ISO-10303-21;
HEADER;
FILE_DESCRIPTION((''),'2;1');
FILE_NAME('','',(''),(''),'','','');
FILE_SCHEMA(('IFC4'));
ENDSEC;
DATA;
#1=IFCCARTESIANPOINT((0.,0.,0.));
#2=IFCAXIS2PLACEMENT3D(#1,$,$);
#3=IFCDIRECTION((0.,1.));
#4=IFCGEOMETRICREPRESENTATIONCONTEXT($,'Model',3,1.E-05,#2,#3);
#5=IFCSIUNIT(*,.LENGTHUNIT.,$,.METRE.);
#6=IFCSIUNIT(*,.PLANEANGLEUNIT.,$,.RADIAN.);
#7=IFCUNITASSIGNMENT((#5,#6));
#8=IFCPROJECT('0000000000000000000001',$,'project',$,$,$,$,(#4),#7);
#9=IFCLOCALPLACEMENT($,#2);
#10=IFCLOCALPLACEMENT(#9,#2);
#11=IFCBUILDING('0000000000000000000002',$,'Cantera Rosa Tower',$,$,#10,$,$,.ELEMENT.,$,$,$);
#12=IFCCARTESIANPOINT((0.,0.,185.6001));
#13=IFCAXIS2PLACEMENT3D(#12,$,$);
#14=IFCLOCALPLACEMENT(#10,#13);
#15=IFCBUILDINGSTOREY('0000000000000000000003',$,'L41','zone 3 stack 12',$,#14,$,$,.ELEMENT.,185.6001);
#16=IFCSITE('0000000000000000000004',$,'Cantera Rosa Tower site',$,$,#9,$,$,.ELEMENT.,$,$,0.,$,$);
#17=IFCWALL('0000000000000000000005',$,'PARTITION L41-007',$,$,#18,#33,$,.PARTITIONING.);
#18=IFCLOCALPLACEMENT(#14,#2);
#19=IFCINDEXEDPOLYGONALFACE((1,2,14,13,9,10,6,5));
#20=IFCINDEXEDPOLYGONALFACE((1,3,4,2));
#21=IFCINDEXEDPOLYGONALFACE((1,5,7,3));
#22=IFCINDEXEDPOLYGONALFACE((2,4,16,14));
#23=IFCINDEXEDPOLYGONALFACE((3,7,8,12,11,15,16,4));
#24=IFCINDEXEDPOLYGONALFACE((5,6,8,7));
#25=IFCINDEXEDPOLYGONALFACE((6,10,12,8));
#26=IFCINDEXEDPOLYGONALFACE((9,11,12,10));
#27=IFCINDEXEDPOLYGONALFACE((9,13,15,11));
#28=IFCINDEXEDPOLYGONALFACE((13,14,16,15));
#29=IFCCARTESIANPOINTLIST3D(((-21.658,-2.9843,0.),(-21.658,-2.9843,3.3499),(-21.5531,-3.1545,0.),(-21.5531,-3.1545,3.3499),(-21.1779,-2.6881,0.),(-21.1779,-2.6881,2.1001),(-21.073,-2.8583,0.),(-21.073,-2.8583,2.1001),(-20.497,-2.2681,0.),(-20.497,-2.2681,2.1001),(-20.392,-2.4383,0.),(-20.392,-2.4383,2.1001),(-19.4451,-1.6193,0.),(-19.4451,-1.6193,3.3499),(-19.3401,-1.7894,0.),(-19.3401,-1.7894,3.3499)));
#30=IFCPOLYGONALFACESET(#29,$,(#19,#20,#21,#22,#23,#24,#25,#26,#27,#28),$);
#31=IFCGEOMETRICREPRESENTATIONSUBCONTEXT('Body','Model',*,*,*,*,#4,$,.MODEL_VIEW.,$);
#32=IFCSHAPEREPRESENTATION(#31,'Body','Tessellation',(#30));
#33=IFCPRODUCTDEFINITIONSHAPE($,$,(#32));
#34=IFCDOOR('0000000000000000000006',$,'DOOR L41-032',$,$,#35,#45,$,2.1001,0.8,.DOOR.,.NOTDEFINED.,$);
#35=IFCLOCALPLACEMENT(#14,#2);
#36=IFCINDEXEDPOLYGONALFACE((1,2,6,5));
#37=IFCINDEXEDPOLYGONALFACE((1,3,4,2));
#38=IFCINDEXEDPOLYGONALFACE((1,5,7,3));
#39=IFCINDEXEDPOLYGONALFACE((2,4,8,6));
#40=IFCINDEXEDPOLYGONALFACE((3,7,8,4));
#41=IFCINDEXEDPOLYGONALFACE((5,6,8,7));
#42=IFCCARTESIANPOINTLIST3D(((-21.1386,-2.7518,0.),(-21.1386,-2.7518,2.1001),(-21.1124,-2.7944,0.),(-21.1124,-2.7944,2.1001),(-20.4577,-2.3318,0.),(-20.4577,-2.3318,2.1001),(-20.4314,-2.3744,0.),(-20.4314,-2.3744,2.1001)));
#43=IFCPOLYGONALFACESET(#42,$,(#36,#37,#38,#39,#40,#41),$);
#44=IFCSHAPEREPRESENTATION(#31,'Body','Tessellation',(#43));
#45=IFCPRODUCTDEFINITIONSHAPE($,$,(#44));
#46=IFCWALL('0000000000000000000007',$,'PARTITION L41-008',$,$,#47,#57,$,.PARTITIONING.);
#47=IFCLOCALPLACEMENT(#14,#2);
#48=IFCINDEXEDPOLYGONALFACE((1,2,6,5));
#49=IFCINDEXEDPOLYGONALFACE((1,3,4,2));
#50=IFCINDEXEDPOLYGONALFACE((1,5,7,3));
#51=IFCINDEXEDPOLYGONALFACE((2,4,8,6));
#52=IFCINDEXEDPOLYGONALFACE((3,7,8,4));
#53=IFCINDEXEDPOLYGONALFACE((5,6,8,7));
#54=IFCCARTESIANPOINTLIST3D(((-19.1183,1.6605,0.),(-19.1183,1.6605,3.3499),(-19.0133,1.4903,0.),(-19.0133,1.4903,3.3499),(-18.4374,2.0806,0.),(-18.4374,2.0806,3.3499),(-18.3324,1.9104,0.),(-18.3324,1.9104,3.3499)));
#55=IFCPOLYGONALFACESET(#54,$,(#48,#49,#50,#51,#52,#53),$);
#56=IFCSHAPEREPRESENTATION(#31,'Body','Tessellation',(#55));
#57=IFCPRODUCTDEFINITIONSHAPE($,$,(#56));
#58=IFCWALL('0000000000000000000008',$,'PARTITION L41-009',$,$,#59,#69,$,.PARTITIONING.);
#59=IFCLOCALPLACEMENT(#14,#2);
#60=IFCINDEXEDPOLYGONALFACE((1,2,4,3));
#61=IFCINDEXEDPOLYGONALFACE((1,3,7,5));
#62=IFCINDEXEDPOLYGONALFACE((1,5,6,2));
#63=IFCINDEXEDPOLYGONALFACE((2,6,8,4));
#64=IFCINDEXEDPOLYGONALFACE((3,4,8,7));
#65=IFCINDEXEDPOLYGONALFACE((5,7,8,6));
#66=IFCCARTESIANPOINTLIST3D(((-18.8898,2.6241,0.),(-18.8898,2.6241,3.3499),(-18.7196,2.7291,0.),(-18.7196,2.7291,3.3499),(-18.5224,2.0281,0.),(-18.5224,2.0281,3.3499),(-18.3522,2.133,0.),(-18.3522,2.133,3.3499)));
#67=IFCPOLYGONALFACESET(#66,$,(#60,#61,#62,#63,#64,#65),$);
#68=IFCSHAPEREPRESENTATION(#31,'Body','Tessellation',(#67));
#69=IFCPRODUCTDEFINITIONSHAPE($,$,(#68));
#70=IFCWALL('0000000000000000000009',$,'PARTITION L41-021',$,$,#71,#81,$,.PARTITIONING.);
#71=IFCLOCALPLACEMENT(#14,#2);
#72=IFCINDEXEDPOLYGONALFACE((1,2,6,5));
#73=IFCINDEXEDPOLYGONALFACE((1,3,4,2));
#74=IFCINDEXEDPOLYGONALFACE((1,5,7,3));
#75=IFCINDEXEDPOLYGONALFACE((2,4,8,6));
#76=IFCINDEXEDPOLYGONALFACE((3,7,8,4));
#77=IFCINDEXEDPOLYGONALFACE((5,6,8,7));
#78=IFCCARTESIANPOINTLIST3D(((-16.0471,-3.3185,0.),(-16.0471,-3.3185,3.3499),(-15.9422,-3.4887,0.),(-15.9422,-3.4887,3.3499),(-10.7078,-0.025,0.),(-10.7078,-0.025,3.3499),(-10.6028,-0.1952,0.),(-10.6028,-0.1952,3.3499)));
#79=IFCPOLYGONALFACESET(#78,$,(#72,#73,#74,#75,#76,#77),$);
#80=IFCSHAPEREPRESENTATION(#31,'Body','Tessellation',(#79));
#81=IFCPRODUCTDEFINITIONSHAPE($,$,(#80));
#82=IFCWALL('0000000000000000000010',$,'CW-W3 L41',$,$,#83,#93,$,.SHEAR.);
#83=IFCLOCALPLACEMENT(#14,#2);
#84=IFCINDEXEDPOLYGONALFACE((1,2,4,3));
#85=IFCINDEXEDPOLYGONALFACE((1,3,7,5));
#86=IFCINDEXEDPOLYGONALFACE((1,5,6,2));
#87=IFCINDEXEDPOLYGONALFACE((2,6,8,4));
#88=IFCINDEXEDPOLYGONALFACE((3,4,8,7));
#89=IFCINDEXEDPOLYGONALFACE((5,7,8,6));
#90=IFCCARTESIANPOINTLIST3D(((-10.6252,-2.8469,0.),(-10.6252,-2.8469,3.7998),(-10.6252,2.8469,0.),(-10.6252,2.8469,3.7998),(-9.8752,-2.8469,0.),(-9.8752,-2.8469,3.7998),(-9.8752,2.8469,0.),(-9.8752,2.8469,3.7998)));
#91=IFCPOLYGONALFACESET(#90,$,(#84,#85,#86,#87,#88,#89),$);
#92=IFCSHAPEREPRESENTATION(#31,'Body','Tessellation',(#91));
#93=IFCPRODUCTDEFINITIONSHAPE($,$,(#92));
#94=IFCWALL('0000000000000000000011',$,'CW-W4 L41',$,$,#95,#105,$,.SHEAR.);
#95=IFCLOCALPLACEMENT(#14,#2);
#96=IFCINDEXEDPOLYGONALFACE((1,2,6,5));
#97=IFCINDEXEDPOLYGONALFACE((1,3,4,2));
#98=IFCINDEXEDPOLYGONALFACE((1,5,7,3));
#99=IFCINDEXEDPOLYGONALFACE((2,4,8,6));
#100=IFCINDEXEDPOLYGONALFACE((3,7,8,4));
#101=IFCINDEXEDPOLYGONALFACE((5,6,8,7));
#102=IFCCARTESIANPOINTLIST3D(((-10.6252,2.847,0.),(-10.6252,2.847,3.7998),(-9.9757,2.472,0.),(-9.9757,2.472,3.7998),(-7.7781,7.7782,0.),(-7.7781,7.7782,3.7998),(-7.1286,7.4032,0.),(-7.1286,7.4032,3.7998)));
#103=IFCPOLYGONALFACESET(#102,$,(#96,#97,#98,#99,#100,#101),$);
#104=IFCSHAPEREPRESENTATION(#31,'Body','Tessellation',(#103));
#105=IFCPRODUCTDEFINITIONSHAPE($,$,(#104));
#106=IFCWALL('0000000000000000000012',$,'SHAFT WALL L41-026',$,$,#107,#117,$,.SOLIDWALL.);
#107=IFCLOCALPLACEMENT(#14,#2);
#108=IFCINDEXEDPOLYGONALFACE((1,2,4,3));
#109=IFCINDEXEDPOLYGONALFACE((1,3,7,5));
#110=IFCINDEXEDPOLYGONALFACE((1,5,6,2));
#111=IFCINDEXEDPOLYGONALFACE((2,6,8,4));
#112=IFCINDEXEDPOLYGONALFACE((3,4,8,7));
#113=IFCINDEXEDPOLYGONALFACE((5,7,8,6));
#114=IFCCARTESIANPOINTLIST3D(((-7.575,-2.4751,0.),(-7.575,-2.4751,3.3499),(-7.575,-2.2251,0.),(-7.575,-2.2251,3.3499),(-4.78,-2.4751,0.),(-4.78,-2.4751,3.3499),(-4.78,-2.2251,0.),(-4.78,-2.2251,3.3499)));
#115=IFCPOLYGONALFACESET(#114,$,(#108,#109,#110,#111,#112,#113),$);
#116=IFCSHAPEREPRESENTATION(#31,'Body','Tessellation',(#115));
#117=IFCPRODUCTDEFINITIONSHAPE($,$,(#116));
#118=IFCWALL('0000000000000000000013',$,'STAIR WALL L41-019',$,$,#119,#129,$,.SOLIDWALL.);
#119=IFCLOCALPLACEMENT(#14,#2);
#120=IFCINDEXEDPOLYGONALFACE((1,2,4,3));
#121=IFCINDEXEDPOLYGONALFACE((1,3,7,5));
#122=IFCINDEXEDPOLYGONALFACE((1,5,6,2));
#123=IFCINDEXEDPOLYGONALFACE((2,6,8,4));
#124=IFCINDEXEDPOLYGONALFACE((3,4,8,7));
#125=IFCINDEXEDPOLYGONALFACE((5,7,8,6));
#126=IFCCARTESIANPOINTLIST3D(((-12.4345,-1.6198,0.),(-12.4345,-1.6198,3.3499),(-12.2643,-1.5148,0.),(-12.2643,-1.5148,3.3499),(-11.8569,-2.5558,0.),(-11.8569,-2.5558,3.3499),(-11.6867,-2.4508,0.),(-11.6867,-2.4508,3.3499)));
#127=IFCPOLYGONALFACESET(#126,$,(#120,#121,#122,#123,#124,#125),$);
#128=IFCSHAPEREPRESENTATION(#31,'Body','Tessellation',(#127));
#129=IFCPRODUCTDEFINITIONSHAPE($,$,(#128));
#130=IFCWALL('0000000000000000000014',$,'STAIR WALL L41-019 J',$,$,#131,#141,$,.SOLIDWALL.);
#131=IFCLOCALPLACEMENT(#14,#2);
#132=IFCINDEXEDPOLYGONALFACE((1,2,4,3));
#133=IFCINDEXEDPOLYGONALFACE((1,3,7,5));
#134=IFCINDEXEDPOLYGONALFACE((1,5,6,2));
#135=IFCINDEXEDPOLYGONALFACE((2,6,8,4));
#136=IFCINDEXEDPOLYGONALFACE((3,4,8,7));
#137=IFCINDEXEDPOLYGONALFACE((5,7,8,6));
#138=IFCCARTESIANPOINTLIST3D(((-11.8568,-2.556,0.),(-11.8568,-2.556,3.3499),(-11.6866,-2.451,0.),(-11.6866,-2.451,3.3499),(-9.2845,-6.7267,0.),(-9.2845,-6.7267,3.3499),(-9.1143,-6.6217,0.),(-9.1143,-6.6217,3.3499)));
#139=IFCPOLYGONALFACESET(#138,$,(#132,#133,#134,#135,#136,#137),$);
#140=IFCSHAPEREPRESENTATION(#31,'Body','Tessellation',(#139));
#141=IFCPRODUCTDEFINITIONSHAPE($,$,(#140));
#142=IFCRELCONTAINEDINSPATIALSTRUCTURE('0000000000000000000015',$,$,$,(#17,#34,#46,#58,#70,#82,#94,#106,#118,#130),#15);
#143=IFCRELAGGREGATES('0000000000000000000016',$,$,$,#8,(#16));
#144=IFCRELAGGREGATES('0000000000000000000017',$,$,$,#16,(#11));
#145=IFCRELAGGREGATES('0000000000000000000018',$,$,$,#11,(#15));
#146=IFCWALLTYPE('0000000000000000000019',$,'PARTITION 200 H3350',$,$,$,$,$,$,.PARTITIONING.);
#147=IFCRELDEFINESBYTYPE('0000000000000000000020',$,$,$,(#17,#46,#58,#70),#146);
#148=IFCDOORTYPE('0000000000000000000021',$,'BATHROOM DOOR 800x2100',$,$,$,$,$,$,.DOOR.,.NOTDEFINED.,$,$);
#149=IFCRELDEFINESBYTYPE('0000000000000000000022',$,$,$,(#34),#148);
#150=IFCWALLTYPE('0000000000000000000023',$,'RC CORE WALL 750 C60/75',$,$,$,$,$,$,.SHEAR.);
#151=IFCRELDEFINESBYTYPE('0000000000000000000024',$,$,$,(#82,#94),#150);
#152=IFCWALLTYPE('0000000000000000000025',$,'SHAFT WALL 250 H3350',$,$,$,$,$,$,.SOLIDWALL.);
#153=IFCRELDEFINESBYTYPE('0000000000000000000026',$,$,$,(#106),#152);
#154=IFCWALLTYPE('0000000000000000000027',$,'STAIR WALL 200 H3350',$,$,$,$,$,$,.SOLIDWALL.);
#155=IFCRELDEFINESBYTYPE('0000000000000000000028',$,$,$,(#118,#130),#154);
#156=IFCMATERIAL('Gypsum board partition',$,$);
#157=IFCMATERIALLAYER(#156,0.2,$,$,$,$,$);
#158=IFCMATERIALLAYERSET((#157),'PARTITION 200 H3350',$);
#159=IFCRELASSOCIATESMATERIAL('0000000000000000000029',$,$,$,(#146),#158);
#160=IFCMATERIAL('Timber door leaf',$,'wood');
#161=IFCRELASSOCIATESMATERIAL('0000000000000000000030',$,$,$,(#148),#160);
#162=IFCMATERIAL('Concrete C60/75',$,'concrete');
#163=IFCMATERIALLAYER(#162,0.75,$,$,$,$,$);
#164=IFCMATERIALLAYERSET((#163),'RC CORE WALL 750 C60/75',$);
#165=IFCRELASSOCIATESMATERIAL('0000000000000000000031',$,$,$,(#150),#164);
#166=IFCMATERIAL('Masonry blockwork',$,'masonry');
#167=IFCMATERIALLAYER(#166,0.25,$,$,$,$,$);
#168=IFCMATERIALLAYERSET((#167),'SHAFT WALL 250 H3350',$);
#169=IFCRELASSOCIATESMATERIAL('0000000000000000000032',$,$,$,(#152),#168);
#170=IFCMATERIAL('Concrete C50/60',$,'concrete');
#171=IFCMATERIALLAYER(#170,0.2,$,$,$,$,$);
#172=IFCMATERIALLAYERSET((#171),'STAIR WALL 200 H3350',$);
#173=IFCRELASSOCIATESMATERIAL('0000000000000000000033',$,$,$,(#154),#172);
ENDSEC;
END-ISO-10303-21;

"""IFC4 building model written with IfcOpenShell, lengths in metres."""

from ifc_helpers import new_model, si_unit, direction, frame, frame_2d, origin, place, context, subcontext, project, spatial, rectangle, extrude, material, layer, layer_set, type_object, element, fill, save


model = new_model("IFC4")

# Units and contexts
model_context = context("Model", 3, precision=1e-05, world=origin(), true_north=direction((0.0, 1.0)))
body_context = subcontext(model_context, "Body", "Model", "MODEL_VIEW")
ifc_project = project(units=[si_unit("LENGTHUNIT", "METRE"), si_unit("PLANEANGLEUNIT", "RADIAN")], contexts=[model_context])

# Site, building, storey
site_placement = place(None, origin())
site = spatial("IfcSite", under=ifc_project, at=site_placement, Name="Cantera Rosa Tower site", CompositionType="ELEMENT", RefElevation=0.0)
building_placement = place(site_placement, origin())
building = spatial("IfcBuilding", under=site, at=building_placement, Name="Cantera Rosa Tower", CompositionType="ELEMENT")
storey_placement = place(building_placement, frame((0.0, 0.0, 185.6001)))
storey = spatial("IfcBuildingStorey", under=building, at=storey_placement, Name="L41", Description="zone 3 stack 12", CompositionType="ELEMENT", Elevation=185.6001)

# Shared definitions
ifc_material_1 = material(Name="Gypsum board partition")
ifc_layer_1 = layer(ifc_material_1, 0.2)
ifc_layer_set_1 = layer_set([ifc_layer_1], Name="PARTITION 200 H3350")
wall_type_1 = type_object("IfcWallType", Name="PARTITION 200 H3350", PredefinedType="PARTITIONING", material=ifc_layer_set_1)

# Wall, opening, door
wall_1_placement = place(storey_placement, frame((-19.3926, -1.7043, 0.0), z_axis=(0.0, 0.0, 1.0), x_axis=(-0.851107, -0.524993, 0.0)))
wall_1 = element("IfcWall", 1, at=wall_1_placement, inside=storey, type_object=wall_type_1, Name="PARTITION L41-007", PredefinedType="PARTITIONING", context=body_context, shape_type="SweptSolid", body=[
    extrude(rectangle(XDim=2.6001, YDim=0.2, at=frame_2d((1.3, 0.0))), origin(), (0.0, 0.0, 1.0), 3.3499),
])
opening_1_placement = place(wall_1_placement, frame((1.2361, 0.0, 0.0)))
opening_1 = element("IfcOpeningElement", 2, at=opening_1_placement, cuts=wall_1, PredefinedType="OPENING", context=body_context, shape_type="SweptSolid", body=[
    extrude(rectangle(XDim=0.8, YDim=2.1001, at=frame_2d((0.3999, 1.05))), frame((0.0, 0.1099, 0.0), z_axis=(0.0, -1.0, 0.0), x_axis=(1.0, 0.0, 0.0)), (0.0, 0.0, 1.0), 0.22),
])
ifc_material_2 = material(Name="Timber door leaf", Category="wood")
door_type_1 = type_object("IfcDoorType", Name="BATHROOM DOOR 800x2100", OperationType="NOTDEFINED", PredefinedType="DOOR", material=ifc_material_2)
door_1_placement = place(opening_1_placement, origin())
door_1 = element("IfcDoor", 3, at=door_1_placement, inside=storey, type_object=door_type_1, Name="DOOR L41-032", OperationType="NOTDEFINED", OverallHeight=2.1001, OverallWidth=0.8, PredefinedType="DOOR", context=body_context, shape_type="SweptSolid", body=[
    extrude(rectangle(XDim=0.8, YDim=2.1001, at=frame_2d((0.3999, 1.05))), frame((0.0, 0.0249, 0.0), z_axis=(0.0, -1.0, 0.0), x_axis=(1.0, 0.0, 0.0)), (0.0, 0.0, 1.0), 0.05),
])
fill(opening_1, door_1)

# Walls
wall_2_placement = place(storey_placement, frame((-19.0657, 1.5754, 0.0), z_axis=(0.0, 0.0, 1.0), x_axis=(0.851019, 0.525136, 0.0)))
element("IfcWall", 4, at=wall_2_placement, inside=storey, type_object=wall_type_1, Name="PARTITION L41-008", PredefinedType="PARTITIONING", context=body_context, shape_type="SweptSolid", body=[
    extrude(rectangle(XDim=0.8, YDim=0.2, at=frame_2d((0.3999, 0.0))), origin(), (0.0, 0.0, 1.0), 3.3499),
])
wall_3_placement = place(storey_placement, frame((-18.4373, 2.0806, 0.0), z_axis=(0.0, 0.0, 1.0), x_axis=(-0.524817, 0.851215, 0.0)))
element("IfcWall", 5, at=wall_3_placement, inside=storey, type_object=wall_type_1, Name="PARTITION L41-009", PredefinedType="PARTITIONING", context=body_context, shape_type="SweptSolid", body=[
    extrude(rectangle(XDim=0.7002, YDim=0.2, at=frame_2d((0.3501, 0.0))), origin(), (0.0, 0.0, 1.0), 3.3499),
])
wall_4_placement = place(storey_placement, frame((-10.6553, -0.1101, 0.0), z_axis=(0.0, 0.0, 1.0), x_axis=(-0.85111, -0.524987, 0.0)))
element("IfcWall", 6, at=wall_4_placement, inside=storey, type_object=wall_type_1, Name="PARTITION L41-021", PredefinedType="PARTITIONING", context=body_context, shape_type="SweptSolid", body=[
    extrude(rectangle(XDim=6.2734, YDim=0.2, at=frame_2d((3.1367, 0.0))), origin(), (0.0, 0.0, 1.0), 3.3499),
])
ifc_material_3 = material(Name="Concrete C60/75", Category="concrete")
ifc_layer_2 = layer(ifc_material_3, 0.75)
ifc_layer_set_2 = layer_set([ifc_layer_2], Name="RC CORE WALL 750 C60/75")
wall_type_2 = type_object("IfcWallType", Name="RC CORE WALL 750 C60/75", PredefinedType="SHEAR", material=ifc_layer_set_2)
wall_5_placement = place(storey_placement, frame((-10.2502, -2.8469, 0.0), z_axis=(0.0, 0.0, 1.0), x_axis=(0.0, 1.0, 0.0)))
element("IfcWall", 7, at=wall_5_placement, inside=storey, type_object=wall_type_2, Name="CW-W3 L41", PredefinedType="SHEAR", context=body_context, shape_type="SweptSolid", body=[
    extrude(rectangle(XDim=5.6938, YDim=0.75, at=frame_2d((2.8469, 0.0))), origin(), (0.0, 0.0, 1.0), 3.7998),
])
wall_6_placement = place(storey_placement, frame((-10.3005, 2.6594, 0.0), z_axis=(0.0, 0.0, 1.0), x_axis=(0.500022, 0.866013, 0.0)))
element("IfcWall", 8, at=wall_6_placement, inside=storey, type_object=wall_type_2, Name="CW-W4 L41", PredefinedType="SHEAR", context=body_context, shape_type="SweptSolid", body=[
    extrude(rectangle(XDim=5.6941, YDim=0.75, at=frame_2d((2.8472, 0.0))), origin(), (0.0, 0.0, 1.0), 3.7998),
])
ifc_material_4 = material(Name="Masonry blockwork", Category="masonry")
ifc_layer_3 = layer(ifc_material_4, 0.25)
ifc_layer_set_3 = layer_set([ifc_layer_3], Name="SHAFT WALL 250 H3350")
wall_type_3 = type_object("IfcWallType", Name="SHAFT WALL 250 H3350", PredefinedType="SOLIDWALL", material=ifc_layer_set_3)
wall_7_placement = place(storey_placement, frame((-7.575, -2.3501, 0.0), z_axis=(0.0, 0.0, 1.0), x_axis=(1.0, 0.0, 0.0)))
element("IfcWall", 9, at=wall_7_placement, inside=storey, type_object=wall_type_3, Name="SHAFT WALL L41-026", PredefinedType="SOLIDWALL", context=body_context, shape_type="SweptSolid", body=[
    extrude(rectangle(XDim=2.7949, YDim=0.25, at=frame_2d((1.3975, 0.0))), origin(), (0.0, 0.0, 1.0), 3.3499),
])
ifc_material_5 = material(Name="Concrete C50/60", Category="concrete")
ifc_layer_4 = layer(ifc_material_5, 0.2)
ifc_layer_set_4 = layer_set([ifc_layer_4], Name="STAIR WALL 200 H3350")
wall_type_4 = type_object("IfcWallType", Name="STAIR WALL 200 H3350", PredefinedType="SOLIDWALL", material=ifc_layer_set_4)
wall_8_placement = place(storey_placement, frame((-12.3494, -1.5674, 0.0), z_axis=(0.0, 0.0, 1.0), x_axis=(0.525162, -0.851002, 0.0)))
element("IfcWall", 10, at=wall_8_placement, inside=storey, type_object=wall_type_4, Name="STAIR WALL L41-019", PredefinedType="SOLIDWALL", context=body_context, shape_type="SweptSolid", body=[
    extrude(rectangle(XDim=1.0999, YDim=0.2, at=frame_2d((0.5498, 0.0))), origin(), (0.0, 0.0, 1.0), 3.3499),
])
wall_9_placement = place(storey_placement, frame((-11.7717, -2.5034, 0.0), z_axis=(0.0, 0.0, 1.0), x_axis=(0.524942, -0.851138, 0.0)))
element("IfcWall", 11, at=wall_9_placement, inside=storey, type_object=wall_type_4, Name="STAIR WALL L41-019 J", PredefinedType="SOLIDWALL", context=body_context, shape_type="SweptSolid", body=[
    extrude(rectangle(XDim=4.9001, YDim=0.2, at=frame_2d((2.4502, 0.0))), origin(), (0.0, 0.0, 1.0), 3.3499),
])

save(model, "model.ifc")
